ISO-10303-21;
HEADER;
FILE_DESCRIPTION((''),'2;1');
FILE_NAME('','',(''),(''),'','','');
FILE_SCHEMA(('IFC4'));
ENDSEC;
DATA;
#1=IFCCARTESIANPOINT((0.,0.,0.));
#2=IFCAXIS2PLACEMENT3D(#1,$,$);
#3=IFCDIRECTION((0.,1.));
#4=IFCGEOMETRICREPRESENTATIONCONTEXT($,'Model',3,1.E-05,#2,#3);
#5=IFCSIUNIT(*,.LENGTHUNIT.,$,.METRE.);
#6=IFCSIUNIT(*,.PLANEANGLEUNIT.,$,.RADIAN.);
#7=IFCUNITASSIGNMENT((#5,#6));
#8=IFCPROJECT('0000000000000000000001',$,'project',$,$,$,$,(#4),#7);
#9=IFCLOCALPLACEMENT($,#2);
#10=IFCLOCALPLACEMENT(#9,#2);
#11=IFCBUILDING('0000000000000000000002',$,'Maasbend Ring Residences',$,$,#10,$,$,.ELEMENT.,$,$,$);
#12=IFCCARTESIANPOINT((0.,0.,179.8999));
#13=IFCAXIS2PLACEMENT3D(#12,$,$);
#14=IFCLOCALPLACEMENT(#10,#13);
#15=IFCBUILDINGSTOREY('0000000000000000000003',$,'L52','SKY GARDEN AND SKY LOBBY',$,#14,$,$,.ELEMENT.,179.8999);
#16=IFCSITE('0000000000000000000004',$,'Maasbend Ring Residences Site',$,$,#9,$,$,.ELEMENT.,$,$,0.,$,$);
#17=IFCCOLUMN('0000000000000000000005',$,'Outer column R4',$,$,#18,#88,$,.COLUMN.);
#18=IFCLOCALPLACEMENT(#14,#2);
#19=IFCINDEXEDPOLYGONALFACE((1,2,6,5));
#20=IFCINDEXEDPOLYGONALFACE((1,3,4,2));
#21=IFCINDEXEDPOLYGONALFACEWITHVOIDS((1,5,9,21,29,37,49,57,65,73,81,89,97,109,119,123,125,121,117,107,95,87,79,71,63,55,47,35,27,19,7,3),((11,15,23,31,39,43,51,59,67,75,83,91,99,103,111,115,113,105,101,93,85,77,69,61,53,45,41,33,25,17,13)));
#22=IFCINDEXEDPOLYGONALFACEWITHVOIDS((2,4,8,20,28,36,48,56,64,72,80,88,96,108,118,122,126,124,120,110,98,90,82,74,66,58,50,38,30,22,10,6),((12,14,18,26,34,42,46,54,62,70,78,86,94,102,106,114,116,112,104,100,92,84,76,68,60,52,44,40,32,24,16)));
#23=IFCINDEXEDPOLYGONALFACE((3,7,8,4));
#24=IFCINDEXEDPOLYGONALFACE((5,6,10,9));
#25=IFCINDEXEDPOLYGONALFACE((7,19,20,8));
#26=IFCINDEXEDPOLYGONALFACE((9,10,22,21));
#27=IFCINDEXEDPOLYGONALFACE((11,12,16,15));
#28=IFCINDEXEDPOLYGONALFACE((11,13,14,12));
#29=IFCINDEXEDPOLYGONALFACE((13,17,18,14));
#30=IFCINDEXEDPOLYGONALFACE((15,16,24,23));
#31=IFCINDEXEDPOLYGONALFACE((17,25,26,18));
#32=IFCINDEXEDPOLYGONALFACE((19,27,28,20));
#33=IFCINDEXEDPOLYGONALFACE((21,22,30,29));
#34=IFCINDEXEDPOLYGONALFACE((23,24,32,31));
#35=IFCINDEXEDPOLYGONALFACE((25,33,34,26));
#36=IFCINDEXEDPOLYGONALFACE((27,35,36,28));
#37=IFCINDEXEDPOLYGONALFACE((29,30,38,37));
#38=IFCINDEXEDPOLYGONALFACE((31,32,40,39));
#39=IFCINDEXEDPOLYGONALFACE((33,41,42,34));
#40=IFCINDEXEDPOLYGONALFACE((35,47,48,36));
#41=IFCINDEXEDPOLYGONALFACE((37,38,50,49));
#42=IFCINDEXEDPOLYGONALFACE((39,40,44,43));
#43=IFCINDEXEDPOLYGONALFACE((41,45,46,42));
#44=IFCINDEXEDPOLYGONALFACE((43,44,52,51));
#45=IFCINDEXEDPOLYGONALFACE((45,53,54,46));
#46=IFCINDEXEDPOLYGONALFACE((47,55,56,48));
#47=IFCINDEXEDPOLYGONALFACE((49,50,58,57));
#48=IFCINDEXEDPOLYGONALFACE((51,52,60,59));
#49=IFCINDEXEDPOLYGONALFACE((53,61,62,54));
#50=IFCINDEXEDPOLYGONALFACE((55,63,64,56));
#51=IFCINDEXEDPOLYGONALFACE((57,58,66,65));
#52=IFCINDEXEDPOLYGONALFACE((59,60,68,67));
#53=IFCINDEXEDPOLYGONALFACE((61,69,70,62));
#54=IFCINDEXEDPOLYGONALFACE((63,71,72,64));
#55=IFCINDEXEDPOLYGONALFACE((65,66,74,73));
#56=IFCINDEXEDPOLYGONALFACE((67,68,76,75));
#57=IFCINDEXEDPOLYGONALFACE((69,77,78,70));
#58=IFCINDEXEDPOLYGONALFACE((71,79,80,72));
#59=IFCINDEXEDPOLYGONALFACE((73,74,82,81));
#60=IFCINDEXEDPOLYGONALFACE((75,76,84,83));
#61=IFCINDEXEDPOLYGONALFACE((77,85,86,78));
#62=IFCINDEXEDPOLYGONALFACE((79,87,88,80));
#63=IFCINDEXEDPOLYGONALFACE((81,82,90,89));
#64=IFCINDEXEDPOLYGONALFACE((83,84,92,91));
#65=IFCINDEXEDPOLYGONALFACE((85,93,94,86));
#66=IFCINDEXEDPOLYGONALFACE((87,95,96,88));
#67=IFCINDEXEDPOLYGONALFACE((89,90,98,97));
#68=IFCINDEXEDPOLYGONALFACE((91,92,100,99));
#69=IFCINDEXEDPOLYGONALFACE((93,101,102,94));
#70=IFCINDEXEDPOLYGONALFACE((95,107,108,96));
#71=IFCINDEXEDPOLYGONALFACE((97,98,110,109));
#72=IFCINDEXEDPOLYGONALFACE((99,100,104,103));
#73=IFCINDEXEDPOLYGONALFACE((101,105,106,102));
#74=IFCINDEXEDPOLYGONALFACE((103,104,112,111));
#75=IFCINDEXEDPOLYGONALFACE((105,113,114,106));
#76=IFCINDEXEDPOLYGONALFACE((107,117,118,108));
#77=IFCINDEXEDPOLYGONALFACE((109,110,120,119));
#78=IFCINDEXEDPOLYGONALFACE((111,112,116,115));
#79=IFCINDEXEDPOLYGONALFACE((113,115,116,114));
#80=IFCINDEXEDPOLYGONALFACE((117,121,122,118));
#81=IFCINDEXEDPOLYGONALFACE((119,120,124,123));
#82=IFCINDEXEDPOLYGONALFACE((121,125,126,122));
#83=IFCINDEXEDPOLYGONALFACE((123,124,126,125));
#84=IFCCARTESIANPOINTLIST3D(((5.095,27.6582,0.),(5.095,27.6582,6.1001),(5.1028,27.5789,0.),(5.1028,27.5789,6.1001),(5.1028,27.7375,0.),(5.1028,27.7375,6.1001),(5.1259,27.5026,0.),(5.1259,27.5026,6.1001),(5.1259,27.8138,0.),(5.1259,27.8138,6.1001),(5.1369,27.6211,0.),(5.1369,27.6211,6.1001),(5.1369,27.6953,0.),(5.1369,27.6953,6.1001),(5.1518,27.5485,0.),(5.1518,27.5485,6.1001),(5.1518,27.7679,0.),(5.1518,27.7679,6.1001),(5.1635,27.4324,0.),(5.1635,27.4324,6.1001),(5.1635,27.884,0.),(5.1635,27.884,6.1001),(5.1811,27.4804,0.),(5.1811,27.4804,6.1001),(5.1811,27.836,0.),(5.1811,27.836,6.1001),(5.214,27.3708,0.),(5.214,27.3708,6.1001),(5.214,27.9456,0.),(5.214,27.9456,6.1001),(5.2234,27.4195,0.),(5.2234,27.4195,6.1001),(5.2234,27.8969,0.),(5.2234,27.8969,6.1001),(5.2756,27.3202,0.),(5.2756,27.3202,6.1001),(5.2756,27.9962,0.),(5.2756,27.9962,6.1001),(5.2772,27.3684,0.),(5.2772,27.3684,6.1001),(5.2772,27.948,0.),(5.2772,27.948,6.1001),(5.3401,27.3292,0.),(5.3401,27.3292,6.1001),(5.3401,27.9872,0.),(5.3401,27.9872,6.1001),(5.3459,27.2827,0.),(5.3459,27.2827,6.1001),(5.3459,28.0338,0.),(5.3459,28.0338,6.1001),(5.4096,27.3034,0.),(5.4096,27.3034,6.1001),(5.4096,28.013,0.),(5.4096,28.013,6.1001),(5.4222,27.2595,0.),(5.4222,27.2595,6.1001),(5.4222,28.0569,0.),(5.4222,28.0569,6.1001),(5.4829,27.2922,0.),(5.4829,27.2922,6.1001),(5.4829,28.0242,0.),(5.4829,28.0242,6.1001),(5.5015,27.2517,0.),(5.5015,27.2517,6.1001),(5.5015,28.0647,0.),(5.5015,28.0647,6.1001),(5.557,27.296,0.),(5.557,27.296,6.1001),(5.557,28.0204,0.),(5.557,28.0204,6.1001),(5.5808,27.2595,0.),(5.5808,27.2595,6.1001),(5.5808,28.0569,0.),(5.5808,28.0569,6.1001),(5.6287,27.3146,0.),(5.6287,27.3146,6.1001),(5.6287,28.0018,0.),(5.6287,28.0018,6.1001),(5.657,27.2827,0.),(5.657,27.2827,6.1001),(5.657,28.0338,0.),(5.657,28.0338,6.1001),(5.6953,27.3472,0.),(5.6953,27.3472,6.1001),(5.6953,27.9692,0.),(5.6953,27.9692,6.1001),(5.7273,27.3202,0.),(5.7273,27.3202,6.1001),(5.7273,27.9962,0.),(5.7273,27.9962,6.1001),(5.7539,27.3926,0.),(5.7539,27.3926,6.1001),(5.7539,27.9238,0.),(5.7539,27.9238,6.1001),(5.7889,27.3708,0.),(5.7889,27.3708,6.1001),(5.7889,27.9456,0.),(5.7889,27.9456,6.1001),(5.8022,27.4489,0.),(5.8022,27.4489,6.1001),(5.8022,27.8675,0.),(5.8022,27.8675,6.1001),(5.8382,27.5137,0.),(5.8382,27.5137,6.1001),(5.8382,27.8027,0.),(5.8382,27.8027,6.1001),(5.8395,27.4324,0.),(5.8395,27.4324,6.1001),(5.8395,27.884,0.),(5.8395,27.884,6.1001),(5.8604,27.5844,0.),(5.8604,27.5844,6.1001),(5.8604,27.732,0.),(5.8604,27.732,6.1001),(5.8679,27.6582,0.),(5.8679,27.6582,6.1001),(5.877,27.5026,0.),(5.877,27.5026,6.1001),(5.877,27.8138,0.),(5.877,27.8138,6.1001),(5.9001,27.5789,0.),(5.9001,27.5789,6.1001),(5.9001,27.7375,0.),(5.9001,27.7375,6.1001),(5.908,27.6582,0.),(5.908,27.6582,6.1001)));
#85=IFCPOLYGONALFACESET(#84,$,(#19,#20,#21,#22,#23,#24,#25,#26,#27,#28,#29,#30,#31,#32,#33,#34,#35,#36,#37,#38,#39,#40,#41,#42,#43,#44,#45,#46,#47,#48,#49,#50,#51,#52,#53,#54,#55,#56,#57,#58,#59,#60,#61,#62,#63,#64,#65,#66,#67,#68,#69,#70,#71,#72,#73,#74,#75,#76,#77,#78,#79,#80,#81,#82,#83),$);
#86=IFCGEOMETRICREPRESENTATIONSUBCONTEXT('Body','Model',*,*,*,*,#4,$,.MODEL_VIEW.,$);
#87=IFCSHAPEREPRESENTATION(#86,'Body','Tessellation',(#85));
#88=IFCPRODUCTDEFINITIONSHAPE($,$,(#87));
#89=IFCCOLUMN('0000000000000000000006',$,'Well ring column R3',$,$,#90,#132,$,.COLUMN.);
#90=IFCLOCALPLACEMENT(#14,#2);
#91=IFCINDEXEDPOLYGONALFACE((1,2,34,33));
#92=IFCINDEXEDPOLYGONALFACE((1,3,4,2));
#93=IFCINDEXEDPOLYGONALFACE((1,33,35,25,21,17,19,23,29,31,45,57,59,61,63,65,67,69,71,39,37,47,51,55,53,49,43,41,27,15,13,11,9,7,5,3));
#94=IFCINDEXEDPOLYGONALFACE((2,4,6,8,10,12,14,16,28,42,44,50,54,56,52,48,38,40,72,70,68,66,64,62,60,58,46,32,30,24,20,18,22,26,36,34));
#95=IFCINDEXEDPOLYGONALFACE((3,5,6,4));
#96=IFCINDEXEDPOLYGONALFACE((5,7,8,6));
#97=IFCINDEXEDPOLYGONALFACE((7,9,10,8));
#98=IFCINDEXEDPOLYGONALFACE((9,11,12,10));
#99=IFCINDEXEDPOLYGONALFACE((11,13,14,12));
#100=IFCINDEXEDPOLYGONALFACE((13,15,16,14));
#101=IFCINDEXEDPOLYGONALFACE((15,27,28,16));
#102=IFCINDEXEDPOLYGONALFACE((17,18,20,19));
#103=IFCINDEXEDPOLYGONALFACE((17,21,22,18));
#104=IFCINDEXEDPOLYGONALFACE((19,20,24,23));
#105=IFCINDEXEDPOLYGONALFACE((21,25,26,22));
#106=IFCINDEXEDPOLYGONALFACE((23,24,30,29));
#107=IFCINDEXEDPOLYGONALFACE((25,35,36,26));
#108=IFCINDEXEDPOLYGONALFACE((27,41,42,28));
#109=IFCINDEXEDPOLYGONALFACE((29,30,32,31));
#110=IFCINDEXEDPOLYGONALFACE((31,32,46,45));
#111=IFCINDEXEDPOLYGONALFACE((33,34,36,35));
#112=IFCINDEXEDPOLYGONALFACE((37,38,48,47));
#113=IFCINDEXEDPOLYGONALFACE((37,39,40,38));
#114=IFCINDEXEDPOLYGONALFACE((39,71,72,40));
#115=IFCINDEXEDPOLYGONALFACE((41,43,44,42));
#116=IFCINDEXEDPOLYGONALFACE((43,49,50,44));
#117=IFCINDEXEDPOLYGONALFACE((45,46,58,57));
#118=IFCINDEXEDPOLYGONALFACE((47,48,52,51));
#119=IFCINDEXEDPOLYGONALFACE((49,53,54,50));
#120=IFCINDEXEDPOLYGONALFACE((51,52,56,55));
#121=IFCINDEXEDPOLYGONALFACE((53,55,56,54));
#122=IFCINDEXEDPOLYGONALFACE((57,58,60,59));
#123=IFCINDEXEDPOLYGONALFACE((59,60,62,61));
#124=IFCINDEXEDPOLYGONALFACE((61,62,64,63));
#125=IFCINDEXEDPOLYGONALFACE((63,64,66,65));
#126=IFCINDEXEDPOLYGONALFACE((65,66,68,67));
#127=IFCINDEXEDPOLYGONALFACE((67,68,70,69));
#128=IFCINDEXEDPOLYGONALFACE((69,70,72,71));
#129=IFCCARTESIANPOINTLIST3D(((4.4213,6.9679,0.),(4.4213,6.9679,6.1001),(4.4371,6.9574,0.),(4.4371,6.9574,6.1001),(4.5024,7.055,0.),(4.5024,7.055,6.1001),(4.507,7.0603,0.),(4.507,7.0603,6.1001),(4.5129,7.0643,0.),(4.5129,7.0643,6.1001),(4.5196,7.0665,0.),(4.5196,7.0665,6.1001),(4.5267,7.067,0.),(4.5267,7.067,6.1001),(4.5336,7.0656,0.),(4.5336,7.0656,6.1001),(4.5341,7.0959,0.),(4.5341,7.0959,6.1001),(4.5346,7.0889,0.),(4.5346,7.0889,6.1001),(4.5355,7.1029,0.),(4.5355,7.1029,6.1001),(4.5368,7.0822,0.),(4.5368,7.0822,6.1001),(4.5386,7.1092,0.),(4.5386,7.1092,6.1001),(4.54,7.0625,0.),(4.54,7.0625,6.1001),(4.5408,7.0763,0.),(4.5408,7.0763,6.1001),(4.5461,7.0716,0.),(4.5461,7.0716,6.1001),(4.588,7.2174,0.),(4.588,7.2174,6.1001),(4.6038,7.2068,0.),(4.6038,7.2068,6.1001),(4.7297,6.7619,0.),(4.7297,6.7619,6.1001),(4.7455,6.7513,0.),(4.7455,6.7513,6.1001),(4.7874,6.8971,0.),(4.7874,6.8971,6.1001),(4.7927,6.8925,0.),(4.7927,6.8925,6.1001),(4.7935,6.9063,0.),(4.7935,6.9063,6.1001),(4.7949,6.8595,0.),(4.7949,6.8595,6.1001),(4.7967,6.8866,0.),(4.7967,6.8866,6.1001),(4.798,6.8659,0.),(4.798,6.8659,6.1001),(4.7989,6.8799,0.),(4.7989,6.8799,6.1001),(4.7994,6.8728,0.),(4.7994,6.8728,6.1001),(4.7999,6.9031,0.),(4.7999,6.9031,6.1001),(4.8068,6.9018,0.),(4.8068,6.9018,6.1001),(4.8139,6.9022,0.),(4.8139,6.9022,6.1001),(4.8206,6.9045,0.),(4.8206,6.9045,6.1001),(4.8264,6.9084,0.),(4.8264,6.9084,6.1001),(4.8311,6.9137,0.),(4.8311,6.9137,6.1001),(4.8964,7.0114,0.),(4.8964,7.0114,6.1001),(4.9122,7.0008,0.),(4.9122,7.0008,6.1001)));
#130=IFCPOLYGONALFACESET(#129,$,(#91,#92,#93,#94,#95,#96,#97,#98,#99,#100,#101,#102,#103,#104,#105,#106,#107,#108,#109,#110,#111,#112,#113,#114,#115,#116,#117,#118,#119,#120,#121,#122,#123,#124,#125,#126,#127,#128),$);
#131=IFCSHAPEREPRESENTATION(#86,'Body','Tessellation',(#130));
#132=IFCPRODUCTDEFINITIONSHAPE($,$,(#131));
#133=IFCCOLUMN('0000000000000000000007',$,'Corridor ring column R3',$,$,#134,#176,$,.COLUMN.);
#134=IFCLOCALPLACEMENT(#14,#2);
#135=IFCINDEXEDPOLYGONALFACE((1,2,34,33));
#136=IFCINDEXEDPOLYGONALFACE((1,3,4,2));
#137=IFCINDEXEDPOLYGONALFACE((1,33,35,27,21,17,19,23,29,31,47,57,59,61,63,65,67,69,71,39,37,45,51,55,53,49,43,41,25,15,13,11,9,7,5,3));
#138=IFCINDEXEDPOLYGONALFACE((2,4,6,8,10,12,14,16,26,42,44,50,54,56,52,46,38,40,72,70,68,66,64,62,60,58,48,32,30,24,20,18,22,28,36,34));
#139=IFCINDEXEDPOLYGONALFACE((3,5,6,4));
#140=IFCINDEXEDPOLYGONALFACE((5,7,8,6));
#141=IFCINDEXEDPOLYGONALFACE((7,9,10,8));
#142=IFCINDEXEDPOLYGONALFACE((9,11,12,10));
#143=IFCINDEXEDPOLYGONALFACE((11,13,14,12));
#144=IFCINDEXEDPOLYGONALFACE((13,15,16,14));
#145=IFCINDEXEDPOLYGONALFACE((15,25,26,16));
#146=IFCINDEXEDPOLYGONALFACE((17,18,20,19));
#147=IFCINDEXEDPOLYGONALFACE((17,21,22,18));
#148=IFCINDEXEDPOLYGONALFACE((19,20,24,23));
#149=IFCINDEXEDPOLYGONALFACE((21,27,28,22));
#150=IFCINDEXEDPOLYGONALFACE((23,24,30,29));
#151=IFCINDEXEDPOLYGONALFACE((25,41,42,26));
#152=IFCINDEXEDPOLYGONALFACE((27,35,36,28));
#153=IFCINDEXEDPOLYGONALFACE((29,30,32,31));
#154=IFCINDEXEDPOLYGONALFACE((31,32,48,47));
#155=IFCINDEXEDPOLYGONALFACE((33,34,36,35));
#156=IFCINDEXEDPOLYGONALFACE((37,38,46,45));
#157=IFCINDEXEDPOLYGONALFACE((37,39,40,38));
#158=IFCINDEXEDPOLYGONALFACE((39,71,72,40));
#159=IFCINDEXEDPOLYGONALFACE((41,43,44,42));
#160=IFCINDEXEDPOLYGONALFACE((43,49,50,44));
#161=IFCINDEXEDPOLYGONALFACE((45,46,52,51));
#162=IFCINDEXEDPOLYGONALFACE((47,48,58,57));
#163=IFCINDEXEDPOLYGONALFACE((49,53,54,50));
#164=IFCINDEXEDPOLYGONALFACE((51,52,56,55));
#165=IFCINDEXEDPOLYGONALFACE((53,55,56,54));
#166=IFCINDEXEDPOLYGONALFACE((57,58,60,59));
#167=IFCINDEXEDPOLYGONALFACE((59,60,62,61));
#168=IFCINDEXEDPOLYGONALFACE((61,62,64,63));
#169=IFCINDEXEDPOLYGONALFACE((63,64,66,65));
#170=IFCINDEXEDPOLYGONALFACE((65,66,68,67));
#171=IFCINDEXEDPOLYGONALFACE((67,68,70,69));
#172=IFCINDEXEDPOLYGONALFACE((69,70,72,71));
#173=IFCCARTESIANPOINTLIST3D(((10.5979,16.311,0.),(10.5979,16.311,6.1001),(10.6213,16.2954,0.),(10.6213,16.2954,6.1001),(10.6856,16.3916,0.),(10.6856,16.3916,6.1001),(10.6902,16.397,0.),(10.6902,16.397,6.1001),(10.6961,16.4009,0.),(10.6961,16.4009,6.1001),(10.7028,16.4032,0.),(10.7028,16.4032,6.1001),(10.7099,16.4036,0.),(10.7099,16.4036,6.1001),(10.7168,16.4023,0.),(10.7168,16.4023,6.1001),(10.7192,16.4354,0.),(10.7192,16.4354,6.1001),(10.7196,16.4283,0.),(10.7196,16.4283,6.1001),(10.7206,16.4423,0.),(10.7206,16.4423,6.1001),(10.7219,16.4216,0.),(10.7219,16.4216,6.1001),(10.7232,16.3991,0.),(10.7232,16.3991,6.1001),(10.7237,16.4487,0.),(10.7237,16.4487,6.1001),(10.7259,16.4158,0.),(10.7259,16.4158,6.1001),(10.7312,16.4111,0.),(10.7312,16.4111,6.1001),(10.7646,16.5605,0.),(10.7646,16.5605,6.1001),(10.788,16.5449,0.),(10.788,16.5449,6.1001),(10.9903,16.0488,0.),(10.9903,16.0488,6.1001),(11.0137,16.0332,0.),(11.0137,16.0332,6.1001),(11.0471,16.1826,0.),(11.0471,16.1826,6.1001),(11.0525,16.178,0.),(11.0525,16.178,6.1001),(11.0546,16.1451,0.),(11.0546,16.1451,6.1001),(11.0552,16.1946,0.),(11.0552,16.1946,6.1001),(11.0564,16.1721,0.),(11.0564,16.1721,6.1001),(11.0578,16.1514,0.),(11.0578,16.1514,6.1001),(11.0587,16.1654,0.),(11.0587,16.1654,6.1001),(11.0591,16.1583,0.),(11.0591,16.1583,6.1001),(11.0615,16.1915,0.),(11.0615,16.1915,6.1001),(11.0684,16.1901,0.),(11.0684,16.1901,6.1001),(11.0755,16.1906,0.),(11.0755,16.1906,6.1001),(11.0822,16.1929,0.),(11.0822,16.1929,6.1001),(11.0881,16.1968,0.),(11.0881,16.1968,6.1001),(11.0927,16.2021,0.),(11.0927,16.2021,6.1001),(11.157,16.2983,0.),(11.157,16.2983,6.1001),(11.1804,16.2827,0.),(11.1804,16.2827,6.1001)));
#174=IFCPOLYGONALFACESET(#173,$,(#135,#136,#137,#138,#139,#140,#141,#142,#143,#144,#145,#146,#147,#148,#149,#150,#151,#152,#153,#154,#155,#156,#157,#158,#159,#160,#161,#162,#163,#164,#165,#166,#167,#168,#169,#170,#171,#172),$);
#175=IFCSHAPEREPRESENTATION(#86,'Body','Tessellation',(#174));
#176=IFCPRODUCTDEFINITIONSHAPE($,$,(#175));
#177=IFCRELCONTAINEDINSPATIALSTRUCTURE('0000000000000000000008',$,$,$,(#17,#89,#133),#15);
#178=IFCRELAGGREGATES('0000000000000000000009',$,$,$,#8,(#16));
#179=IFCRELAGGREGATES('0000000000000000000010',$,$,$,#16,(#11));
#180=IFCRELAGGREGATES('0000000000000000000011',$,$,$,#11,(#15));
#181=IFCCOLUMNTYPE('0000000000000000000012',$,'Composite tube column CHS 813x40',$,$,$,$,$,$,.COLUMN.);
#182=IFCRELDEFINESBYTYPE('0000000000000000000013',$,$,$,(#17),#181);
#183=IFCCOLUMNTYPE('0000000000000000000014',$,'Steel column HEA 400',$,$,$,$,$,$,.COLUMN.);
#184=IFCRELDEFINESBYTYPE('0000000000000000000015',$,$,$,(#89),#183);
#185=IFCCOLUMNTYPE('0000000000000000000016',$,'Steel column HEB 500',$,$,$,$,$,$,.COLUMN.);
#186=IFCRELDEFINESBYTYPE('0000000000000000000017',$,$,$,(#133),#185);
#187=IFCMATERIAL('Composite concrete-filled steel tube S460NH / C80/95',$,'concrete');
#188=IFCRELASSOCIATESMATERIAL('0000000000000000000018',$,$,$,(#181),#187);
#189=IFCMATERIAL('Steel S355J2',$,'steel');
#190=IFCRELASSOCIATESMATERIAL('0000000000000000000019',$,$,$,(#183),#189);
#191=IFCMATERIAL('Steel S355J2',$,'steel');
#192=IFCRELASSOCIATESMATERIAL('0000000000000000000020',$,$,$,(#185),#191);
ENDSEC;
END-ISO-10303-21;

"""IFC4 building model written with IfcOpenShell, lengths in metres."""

from ifc_helpers import new_model, si_unit, direction, frame, origin, origin_2d, place, context, subcontext, project, spatial, hollow_circle, i_section, extrude, material, material_profile, profile_set, type_object, element, save


model = new_model("IFC4")

# Units and contexts
model_context = context("Model", 3, precision=1e-05, world=origin(), true_north=direction((0.0, 1.0)))
body_context = subcontext(model_context, "Body", "Model", "MODEL_VIEW")
ifc_project = project(units=[si_unit("LENGTHUNIT", "METRE"), si_unit("PLANEANGLEUNIT", "RADIAN")], contexts=[model_context])

# Site, building, storey
site_placement = place(None, origin())
site = spatial("IfcSite", under=ifc_project, at=site_placement, Name="Maasbend Ring Residences Site", CompositionType="ELEMENT", RefElevation=0.0)
building_placement = place(site_placement, origin())
building = spatial("IfcBuilding", under=site, at=building_placement, Name="Maasbend Ring Residences", CompositionType="ELEMENT")
storey_placement = place(building_placement, frame((0.0, 0.0, 179.8999)))
storey = spatial("IfcBuildingStorey", under=building, at=storey_placement, Name="L52", Description="SKY GARDEN AND SKY LOBBY", CompositionType="ELEMENT", Elevation=179.8999)

# Columns
ifc_material_1 = material(Name="Composite concrete-filled steel tube S460NH / C80/95", Category="concrete")
ifc_material_profile_1 = material_profile(ifc_material_1, hollow_circle(Radius=0.4065, WallThickness=0.04, at=origin_2d()), Name="Composite tube column CHS 813x40")
ifc_profile_set_1 = profile_set([ifc_material_profile_1], Name="Composite concrete-filled steel tube S460NH / C80/95")
column_type_1 = type_object("IfcColumnType", Name="Composite tube column CHS 813x40", PredefinedType="COLUMN", material=ifc_profile_set_1)
column_1_placement = place(storey_placement, frame((5.5015, 27.6582, 0.0), z_axis=(0.0, 0.0, 1.0), x_axis=(1.0, 0.0, 0.0)))
element("IfcColumn", 1, at=column_1_placement, inside=storey, type_object=column_type_1, Name="Outer column R4", PredefinedType="COLUMN", context=body_context, shape_type="SweptSolid", body=[
    extrude(hollow_circle(Radius=0.4065, WallThickness=0.04, at=origin_2d()), origin(), (0.0, 0.0, 1.0), 6.1001),
])
ifc_material_2 = material(Name="Steel S355J2", Category="steel")
ifc_material_profile_2 = material_profile(ifc_material_2, i_section(OverallWidth=0.3, OverallDepth=0.3899, WebThickness=0.011, FlangeThickness=0.019, FilletRadius=0.0271, at=origin_2d()), Name="HEA 400")
ifc_profile_set_2 = profile_set([ifc_material_profile_2], Name="Steel S355J2")
column_type_2 = type_object("IfcColumnType", Name="Steel column HEA 400", PredefinedType="COLUMN", material=ifc_profile_set_2)
column_2_placement = place(storey_placement, frame((4.6667, 6.9844, 0.0), z_axis=(0.0, 0.0, 1.0), x_axis=(0.55557, 0.83147, 0.0)))
element("IfcColumn", 2, at=column_2_placement, inside=storey, type_object=column_type_2, Name="Well ring column R3", PredefinedType="COLUMN", context=body_context, shape_type="SweptSolid", body=[
    extrude(i_section(OverallWidth=0.3, OverallDepth=0.3899, WebThickness=0.011, FlangeThickness=0.019, FilletRadius=0.0271, at=origin_2d()), origin(), (0.0, 0.0, 1.0), 6.1001),
])
ifc_material_3 = material(Name="Steel S355J2", Category="steel")
ifc_material_profile_3 = material_profile(ifc_material_3, i_section(OverallWidth=0.3, OverallDepth=0.5, WebThickness=0.0144, FlangeThickness=0.0281, FilletRadius=0.0271, at=origin_2d()), Name="HEB 500")
ifc_profile_set_3 = profile_set([ifc_material_profile_3], Name="Steel S355J2")
column_type_3 = type_object("IfcColumnType", Name="Steel column HEB 500", PredefinedType="COLUMN", material=ifc_profile_set_3)
for number, where, z_axis, x_axis, name in (
    (3, (10.8892, 16.2969, 0.0), (0.0, 0.0, 1.0), (0.55557, 0.83147, 0.0), "Corridor ring column R3"),
):
    element("IfcColumn", number, at=place(storey_placement, frame(where, z_axis=z_axis, x_axis=x_axis)), inside=storey, type_object=column_type_3, Name=name, PredefinedType="COLUMN", context=body_context, shape_type="SweptSolid", body=[
        extrude(i_section(OverallWidth=0.3, OverallDepth=0.5, WebThickness=0.0144, FlangeThickness=0.0281, FilletRadius=0.0271, at=origin_2d()), origin(), (0.0, 0.0, 1.0), 6.1001),
    ])

save(model, "model.ifc")
